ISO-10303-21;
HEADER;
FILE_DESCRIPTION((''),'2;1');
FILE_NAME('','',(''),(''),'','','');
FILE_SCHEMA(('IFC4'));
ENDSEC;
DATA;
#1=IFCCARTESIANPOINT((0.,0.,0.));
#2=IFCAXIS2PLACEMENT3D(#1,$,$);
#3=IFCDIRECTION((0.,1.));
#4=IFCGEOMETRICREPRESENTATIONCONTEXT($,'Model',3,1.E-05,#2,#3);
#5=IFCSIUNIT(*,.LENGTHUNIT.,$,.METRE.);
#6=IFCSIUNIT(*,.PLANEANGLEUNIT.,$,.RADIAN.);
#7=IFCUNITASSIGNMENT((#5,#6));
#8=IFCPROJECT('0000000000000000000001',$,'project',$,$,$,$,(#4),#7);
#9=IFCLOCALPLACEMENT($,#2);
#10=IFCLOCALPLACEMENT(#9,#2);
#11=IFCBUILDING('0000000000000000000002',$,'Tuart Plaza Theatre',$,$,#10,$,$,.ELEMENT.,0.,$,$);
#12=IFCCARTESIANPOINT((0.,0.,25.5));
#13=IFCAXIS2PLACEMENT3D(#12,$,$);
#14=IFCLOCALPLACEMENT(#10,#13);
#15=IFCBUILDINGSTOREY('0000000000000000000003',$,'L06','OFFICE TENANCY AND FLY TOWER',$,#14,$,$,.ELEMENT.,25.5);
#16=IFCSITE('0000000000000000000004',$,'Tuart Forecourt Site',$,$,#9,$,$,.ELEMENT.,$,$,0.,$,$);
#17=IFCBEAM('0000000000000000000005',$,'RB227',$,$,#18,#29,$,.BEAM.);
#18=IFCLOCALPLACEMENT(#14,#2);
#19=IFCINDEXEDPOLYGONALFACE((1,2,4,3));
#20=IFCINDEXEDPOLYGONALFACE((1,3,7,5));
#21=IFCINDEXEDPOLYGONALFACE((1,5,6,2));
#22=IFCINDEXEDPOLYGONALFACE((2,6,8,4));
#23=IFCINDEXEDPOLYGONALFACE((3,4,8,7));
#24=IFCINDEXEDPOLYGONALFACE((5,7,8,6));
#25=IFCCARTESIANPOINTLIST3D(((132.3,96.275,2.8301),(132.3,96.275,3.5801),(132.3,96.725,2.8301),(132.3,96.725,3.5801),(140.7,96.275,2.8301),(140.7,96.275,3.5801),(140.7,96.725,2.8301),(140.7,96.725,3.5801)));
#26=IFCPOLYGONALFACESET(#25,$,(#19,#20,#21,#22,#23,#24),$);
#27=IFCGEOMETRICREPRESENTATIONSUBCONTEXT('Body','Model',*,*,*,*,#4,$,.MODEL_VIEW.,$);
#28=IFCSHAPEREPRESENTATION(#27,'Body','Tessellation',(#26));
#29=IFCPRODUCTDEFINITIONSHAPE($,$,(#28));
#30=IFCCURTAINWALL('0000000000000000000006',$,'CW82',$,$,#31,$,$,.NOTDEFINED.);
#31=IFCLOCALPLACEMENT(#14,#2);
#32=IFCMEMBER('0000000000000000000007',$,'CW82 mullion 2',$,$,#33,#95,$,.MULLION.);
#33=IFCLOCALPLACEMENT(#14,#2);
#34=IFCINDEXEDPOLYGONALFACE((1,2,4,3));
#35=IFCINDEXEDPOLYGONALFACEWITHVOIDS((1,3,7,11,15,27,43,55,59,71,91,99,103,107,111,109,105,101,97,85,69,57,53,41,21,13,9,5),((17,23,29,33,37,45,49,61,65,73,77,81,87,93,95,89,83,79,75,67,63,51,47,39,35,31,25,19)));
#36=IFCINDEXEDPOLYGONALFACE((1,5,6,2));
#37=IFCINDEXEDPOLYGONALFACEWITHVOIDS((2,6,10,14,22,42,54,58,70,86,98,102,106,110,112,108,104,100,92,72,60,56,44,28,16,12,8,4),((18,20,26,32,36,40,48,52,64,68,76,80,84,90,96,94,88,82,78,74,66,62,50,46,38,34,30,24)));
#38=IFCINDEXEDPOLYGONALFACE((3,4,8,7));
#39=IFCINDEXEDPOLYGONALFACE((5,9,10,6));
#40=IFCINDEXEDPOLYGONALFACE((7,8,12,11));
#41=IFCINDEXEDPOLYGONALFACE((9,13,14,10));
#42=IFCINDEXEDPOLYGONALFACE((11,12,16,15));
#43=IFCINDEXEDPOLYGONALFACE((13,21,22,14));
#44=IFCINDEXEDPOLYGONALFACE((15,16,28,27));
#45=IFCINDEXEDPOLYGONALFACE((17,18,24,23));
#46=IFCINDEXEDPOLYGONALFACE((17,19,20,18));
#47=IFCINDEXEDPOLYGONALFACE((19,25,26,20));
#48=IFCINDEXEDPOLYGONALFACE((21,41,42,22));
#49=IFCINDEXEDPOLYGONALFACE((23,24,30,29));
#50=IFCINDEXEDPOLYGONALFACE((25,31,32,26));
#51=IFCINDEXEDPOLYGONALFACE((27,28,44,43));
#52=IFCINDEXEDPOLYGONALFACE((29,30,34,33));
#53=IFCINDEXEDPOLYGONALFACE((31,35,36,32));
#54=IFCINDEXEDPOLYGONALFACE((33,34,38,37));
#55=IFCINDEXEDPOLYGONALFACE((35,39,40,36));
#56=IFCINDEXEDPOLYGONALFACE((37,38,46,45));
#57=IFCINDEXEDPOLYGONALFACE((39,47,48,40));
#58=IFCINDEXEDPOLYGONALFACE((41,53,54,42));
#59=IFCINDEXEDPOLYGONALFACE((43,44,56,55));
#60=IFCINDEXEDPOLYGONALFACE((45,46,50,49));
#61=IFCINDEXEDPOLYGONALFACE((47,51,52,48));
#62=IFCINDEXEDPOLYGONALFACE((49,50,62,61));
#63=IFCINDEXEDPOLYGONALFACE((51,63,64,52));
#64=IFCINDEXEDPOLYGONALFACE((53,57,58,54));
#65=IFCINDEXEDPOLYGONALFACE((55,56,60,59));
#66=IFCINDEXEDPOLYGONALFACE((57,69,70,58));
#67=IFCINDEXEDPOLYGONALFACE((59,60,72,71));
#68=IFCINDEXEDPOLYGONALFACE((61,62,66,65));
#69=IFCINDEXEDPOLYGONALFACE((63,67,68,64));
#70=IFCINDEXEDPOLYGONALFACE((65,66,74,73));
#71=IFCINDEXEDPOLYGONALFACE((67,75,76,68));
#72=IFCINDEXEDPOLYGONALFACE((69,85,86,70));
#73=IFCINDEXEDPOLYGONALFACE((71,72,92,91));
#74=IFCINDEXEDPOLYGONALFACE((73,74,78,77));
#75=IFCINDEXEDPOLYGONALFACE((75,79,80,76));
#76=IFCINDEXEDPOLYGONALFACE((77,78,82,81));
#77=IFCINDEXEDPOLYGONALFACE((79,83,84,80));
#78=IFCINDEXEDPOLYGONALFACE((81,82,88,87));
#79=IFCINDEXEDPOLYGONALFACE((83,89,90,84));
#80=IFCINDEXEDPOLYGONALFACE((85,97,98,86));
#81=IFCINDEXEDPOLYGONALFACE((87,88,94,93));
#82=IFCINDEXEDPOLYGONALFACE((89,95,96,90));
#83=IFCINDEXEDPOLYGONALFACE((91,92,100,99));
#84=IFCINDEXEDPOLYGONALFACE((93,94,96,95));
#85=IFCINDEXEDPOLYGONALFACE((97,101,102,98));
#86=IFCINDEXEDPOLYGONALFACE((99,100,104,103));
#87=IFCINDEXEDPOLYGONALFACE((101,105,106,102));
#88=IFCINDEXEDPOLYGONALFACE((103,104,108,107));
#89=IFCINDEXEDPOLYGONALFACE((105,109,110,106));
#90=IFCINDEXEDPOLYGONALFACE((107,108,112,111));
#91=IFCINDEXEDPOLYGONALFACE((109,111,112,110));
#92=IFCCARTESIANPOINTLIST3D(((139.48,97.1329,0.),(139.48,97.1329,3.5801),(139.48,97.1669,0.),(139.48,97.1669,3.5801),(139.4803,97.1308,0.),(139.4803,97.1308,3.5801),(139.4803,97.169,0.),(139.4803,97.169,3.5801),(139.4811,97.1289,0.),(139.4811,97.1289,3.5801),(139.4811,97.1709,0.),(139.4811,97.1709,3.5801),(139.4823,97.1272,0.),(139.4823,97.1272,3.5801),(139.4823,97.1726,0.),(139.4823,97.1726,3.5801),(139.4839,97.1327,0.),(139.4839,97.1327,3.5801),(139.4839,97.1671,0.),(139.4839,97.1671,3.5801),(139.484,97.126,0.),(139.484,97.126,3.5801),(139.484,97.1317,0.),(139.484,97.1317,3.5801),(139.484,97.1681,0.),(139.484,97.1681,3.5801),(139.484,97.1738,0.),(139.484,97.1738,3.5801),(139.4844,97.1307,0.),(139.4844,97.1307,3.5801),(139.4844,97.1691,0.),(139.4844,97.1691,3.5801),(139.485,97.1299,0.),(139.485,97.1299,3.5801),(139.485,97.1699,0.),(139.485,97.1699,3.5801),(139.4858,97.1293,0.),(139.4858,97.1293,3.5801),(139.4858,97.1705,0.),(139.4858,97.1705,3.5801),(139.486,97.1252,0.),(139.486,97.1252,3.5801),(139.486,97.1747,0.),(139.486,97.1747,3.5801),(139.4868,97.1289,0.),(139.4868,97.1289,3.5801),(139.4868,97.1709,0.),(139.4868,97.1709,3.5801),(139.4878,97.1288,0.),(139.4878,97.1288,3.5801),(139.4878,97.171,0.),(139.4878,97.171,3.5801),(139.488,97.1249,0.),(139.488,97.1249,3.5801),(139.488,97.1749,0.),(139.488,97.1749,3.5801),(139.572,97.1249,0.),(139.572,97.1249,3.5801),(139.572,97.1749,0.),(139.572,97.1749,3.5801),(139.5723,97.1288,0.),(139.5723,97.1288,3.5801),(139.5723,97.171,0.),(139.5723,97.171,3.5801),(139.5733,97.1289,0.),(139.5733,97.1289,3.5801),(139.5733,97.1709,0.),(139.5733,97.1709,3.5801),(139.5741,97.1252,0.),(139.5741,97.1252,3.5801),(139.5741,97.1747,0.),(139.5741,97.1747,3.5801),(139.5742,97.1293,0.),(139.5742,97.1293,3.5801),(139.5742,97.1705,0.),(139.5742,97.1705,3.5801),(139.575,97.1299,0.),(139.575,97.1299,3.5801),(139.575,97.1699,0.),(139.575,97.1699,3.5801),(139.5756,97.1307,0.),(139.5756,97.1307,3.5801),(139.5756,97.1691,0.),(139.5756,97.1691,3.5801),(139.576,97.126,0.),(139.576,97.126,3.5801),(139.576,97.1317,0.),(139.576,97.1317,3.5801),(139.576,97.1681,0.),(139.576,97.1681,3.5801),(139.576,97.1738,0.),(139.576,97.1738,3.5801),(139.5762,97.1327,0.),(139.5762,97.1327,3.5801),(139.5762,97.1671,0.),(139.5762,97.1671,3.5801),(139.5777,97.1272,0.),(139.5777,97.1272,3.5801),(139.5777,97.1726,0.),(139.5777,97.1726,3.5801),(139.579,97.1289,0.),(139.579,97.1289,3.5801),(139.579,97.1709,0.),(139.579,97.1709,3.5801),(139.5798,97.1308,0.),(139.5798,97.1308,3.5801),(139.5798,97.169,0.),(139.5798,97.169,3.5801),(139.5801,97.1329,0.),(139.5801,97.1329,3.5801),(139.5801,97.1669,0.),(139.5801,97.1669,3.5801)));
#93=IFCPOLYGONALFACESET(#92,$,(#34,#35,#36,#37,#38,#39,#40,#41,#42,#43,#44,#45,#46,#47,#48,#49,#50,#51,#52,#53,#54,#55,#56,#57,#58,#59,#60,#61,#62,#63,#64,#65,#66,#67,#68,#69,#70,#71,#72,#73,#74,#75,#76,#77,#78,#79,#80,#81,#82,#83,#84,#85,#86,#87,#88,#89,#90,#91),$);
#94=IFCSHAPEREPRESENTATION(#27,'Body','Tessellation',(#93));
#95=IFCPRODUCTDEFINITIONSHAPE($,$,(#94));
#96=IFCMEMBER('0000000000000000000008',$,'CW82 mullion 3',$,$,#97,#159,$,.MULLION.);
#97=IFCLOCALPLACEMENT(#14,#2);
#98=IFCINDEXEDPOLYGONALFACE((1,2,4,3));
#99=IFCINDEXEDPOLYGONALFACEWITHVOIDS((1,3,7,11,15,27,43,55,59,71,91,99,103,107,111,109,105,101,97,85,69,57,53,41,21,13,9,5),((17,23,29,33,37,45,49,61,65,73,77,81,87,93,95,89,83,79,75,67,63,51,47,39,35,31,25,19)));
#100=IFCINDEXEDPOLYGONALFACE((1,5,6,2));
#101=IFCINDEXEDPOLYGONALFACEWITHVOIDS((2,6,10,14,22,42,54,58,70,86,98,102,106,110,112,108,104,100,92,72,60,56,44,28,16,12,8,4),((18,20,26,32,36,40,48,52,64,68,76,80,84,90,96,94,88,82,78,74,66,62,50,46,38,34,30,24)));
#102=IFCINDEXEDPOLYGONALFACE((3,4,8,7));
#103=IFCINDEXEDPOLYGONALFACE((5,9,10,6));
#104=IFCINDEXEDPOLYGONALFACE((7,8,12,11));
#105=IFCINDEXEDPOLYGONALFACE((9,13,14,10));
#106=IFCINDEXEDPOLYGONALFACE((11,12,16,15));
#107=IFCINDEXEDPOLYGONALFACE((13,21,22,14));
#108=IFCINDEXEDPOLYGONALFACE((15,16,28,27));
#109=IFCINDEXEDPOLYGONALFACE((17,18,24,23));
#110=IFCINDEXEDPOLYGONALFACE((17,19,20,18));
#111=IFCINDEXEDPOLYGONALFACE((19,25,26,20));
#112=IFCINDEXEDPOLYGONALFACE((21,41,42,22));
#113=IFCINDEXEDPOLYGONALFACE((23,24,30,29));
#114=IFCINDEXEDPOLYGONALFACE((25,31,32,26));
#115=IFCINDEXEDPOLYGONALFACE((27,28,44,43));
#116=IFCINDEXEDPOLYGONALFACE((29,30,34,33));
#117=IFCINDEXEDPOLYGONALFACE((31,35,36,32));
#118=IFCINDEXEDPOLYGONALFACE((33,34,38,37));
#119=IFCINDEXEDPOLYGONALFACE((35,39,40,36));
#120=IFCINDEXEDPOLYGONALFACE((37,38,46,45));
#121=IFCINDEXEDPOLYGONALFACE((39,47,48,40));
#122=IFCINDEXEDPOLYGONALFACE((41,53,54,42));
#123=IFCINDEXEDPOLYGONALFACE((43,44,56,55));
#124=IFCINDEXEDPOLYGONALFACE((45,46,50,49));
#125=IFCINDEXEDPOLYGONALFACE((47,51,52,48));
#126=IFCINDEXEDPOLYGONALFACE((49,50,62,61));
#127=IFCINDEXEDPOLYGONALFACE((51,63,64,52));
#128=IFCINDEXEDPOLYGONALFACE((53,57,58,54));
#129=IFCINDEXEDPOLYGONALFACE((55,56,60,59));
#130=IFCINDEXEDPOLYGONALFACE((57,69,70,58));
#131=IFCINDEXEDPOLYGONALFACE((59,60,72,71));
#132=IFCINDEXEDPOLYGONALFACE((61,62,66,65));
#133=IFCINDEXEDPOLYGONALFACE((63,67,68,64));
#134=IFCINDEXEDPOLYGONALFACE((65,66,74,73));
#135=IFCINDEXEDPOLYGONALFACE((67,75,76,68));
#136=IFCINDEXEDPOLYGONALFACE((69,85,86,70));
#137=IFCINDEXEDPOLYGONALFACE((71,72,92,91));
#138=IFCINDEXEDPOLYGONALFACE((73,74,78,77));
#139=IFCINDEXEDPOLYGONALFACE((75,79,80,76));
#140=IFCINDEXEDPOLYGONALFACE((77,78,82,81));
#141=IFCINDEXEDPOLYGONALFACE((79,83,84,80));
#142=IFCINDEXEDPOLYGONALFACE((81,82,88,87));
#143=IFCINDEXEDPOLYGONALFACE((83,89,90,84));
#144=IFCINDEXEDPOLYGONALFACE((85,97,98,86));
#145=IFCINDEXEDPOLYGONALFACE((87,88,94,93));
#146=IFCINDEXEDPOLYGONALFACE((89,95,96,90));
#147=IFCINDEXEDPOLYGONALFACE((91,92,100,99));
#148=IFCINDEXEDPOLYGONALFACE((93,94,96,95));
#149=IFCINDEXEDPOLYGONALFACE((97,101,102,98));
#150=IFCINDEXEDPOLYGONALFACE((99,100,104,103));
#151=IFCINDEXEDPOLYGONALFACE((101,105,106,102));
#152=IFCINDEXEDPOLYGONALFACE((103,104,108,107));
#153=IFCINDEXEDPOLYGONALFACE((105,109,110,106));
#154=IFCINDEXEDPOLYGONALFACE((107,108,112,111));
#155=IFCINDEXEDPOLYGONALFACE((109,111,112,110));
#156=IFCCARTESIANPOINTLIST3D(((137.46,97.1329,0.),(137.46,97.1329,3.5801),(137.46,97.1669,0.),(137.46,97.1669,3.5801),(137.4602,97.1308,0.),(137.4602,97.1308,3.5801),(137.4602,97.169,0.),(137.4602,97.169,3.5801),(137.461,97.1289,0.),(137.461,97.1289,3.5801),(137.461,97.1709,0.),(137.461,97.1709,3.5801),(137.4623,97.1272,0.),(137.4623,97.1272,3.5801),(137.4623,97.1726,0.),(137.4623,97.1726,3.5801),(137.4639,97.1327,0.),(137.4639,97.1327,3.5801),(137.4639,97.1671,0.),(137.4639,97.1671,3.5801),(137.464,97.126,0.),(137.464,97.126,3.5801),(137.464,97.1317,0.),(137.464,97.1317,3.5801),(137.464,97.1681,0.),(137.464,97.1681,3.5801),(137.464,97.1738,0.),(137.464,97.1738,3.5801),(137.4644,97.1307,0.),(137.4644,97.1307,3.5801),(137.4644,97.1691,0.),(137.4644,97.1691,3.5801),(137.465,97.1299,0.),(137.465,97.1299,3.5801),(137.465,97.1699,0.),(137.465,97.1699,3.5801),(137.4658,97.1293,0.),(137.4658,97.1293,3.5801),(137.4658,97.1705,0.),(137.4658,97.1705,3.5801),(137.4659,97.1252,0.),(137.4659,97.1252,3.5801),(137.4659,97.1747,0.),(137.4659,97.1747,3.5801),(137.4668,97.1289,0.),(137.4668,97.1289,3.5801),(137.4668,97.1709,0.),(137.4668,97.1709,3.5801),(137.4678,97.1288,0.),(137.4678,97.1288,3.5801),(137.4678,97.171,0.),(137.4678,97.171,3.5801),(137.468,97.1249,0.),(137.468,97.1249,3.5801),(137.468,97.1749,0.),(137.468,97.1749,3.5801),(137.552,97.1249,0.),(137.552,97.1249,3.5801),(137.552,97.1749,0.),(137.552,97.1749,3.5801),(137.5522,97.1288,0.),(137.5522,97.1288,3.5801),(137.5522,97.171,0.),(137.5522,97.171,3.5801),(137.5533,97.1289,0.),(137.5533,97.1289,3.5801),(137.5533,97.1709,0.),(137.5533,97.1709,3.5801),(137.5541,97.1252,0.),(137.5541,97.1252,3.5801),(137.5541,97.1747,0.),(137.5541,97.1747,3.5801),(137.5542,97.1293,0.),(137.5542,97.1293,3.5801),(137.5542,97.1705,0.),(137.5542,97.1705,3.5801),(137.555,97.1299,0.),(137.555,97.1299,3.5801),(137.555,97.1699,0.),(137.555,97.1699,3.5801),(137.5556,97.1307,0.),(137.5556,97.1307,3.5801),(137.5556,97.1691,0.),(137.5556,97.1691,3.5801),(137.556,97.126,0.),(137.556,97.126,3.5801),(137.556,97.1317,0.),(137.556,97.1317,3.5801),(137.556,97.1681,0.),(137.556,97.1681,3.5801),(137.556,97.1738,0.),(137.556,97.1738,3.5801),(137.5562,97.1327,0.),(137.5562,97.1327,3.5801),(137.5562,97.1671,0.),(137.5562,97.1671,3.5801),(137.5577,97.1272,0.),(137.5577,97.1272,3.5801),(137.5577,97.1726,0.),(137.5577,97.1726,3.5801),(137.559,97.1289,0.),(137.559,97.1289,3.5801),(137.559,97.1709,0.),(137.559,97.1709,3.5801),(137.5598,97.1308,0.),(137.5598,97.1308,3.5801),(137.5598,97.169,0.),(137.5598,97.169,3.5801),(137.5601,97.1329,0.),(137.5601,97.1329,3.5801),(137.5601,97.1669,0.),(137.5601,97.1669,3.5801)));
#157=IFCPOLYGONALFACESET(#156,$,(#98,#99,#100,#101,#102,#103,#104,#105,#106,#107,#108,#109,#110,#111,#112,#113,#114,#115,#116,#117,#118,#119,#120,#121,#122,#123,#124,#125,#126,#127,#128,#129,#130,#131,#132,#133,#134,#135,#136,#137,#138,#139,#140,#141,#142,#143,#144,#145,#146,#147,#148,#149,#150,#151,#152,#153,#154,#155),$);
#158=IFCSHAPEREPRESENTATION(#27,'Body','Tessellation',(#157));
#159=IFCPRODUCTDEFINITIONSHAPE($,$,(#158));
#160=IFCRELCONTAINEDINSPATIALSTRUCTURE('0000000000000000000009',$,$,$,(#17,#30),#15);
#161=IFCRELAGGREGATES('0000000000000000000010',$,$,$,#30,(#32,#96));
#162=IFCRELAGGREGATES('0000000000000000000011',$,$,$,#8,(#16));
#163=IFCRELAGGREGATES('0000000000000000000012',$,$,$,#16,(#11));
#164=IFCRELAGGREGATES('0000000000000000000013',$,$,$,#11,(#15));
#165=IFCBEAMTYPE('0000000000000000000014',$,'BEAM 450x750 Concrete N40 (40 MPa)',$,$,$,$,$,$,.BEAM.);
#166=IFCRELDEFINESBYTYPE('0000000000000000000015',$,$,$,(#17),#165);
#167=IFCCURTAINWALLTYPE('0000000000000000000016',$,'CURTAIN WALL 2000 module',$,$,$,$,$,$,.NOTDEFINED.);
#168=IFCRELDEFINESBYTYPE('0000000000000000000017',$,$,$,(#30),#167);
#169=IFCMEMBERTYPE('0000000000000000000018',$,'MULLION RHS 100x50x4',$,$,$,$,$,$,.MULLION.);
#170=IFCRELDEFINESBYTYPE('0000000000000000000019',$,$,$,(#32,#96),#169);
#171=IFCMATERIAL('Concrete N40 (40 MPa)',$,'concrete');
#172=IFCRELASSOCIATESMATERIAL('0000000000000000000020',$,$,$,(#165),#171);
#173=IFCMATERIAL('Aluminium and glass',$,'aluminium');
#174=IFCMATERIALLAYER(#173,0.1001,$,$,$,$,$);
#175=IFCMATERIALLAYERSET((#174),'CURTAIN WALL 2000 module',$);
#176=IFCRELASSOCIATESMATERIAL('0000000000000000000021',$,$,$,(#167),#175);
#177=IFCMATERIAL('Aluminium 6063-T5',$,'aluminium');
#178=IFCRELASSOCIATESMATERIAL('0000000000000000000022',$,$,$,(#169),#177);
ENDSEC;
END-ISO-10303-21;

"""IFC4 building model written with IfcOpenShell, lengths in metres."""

from ifc_helpers import new_model, si_unit, direction, frame, origin, origin_2d, place, context, subcontext, project, spatial, rectangle, hollow_rectangle, extrude, material, layer, layer_set, material_profile, profile_set, type_object, element, aggregate, save


model = new_model("IFC4")

# Units and contexts
model_context = context("Model", 3, precision=1e-05, world=origin(), true_north=direction((0.0, 1.0)))
body_context = subcontext(model_context, "Body", "Model", "MODEL_VIEW")
ifc_project = project(units=[si_unit("LENGTHUNIT", "METRE"), si_unit("PLANEANGLEUNIT", "RADIAN")], contexts=[model_context])

# Site, building, storey
site_placement = place(None, origin())
site = spatial("IfcSite", under=ifc_project, at=site_placement, Name="Tuart Forecourt Site", CompositionType="ELEMENT", RefElevation=0.0)
building_placement = place(site_placement, origin())
building = spatial("IfcBuilding", under=site, at=building_placement, Name="Tuart Plaza Theatre", CompositionType="ELEMENT", ElevationOfRefHeight=0.0)
storey_placement = place(building_placement, frame((0.0, 0.0, 25.5)))
storey = spatial("IfcBuildingStorey", under=building, at=storey_placement, Name="L06", Description="OFFICE TENANCY AND FLY TOWER", CompositionType="ELEMENT", Elevation=25.5)

# Beam
ifc_material_1 = material(Name="Concrete N40 (40 MPa)", Category="concrete")
ifc_material_profile_1 = material_profile(ifc_material_1, rectangle(XDim=0.45, YDim=0.75, at=origin_2d()), Name="BEAM 450x750 Concrete N40 (40 MPa)")
ifc_profile_set_1 = profile_set([ifc_material_profile_1], Name="Concrete N40 (40 MPa)")
beam_type = type_object("IfcBeamType", Name="BEAM 450x750 Concrete N40 (40 MPa)", PredefinedType="BEAM", material=ifc_profile_set_1)
beam_placement = place(storey_placement, frame((132.3, 96.5, 3.2051), z_axis=(1.0, 0.0, 0.0), x_axis=(0.0, 1.0, 0.0)))
element("IfcBeam", 1, at=beam_placement, inside=storey, type_object=beam_type, Name="RB227", PredefinedType="BEAM", context=body_context, shape_type="SweptSolid", body=[
    extrude(rectangle(XDim=0.45, YDim=0.75, at=origin_2d()), origin(), (0.0, 0.0, 1.0), 8.3999),
])

# Curtain wall, members
ifc_material_2 = material(Name="Aluminium and glass", Category="aluminium")
ifc_layer_1 = layer(ifc_material_2, 0.1001)
ifc_layer_set_1 = layer_set([ifc_layer_1], Name="CURTAIN WALL 2000 module")
curtain_wall_type = type_object("IfcCurtainWallType", Name="CURTAIN WALL 2000 module", PredefinedType="NOTDEFINED", material=ifc_layer_set_1)
curtain_wall_placement = place(storey_placement, origin())
curtain_wall = element("IfcCurtainWall", 2, at=curtain_wall_placement, inside=storey, type_object=curtain_wall_type, Name="CW82", PredefinedType="NOTDEFINED")
ifc_material_3 = material(Name="Aluminium 6063-T5", Category="aluminium")
ifc_material_profile_2 = material_profile(ifc_material_3, hollow_rectangle(XDim=0.05, YDim=0.1001, WallThickness=0.0039, InnerFilletRadius=0.0039, OuterFilletRadius=0.0081, at=origin_2d()), Name="RHS 100x50x4")
ifc_profile_set_2 = profile_set([ifc_material_profile_2], Name="Aluminium 6063-T5")
member_type_1 = type_object("IfcMemberType", Name="MULLION RHS 100x50x4", PredefinedType="MULLION", material=ifc_profile_set_2)
member_1_placement = place(storey_placement, frame((139.53, 97.1499, 0.0), z_axis=(0.0, 0.0, 1.0), x_axis=(0.0, -1.0, 0.0)))
member_1 = element("IfcMember", 3, at=member_1_placement, type_object=member_type_1, Name="CW82 mullion 2", PredefinedType="MULLION", context=body_context, shape_type="SweptSolid", body=[
    extrude(hollow_rectangle(XDim=0.05, YDim=0.1001, WallThickness=0.0039, InnerFilletRadius=0.0039, OuterFilletRadius=0.0081, at=origin_2d()), origin(), (0.0, 0.0, 1.0), 3.5801),
])
member_2_placement = place(storey_placement, frame((137.51, 97.1499, 0.0), z_axis=(0.0, 0.0, 1.0), x_axis=(0.0, -1.0, 0.0)))
member_2 = element("IfcMember", 4, at=member_2_placement, type_object=member_type_1, Name="CW82 mullion 3", PredefinedType="MULLION", context=body_context, shape_type="SweptSolid", body=[
    extrude(hollow_rectangle(XDim=0.05, YDim=0.1001, WallThickness=0.0039, InnerFilletRadius=0.0039, OuterFilletRadius=0.0081, at=origin_2d()), origin(), (0.0, 0.0, 1.0), 3.5801),
])
aggregate(curtain_wall, [member_1, member_2])

save(model, "model.ifc")
